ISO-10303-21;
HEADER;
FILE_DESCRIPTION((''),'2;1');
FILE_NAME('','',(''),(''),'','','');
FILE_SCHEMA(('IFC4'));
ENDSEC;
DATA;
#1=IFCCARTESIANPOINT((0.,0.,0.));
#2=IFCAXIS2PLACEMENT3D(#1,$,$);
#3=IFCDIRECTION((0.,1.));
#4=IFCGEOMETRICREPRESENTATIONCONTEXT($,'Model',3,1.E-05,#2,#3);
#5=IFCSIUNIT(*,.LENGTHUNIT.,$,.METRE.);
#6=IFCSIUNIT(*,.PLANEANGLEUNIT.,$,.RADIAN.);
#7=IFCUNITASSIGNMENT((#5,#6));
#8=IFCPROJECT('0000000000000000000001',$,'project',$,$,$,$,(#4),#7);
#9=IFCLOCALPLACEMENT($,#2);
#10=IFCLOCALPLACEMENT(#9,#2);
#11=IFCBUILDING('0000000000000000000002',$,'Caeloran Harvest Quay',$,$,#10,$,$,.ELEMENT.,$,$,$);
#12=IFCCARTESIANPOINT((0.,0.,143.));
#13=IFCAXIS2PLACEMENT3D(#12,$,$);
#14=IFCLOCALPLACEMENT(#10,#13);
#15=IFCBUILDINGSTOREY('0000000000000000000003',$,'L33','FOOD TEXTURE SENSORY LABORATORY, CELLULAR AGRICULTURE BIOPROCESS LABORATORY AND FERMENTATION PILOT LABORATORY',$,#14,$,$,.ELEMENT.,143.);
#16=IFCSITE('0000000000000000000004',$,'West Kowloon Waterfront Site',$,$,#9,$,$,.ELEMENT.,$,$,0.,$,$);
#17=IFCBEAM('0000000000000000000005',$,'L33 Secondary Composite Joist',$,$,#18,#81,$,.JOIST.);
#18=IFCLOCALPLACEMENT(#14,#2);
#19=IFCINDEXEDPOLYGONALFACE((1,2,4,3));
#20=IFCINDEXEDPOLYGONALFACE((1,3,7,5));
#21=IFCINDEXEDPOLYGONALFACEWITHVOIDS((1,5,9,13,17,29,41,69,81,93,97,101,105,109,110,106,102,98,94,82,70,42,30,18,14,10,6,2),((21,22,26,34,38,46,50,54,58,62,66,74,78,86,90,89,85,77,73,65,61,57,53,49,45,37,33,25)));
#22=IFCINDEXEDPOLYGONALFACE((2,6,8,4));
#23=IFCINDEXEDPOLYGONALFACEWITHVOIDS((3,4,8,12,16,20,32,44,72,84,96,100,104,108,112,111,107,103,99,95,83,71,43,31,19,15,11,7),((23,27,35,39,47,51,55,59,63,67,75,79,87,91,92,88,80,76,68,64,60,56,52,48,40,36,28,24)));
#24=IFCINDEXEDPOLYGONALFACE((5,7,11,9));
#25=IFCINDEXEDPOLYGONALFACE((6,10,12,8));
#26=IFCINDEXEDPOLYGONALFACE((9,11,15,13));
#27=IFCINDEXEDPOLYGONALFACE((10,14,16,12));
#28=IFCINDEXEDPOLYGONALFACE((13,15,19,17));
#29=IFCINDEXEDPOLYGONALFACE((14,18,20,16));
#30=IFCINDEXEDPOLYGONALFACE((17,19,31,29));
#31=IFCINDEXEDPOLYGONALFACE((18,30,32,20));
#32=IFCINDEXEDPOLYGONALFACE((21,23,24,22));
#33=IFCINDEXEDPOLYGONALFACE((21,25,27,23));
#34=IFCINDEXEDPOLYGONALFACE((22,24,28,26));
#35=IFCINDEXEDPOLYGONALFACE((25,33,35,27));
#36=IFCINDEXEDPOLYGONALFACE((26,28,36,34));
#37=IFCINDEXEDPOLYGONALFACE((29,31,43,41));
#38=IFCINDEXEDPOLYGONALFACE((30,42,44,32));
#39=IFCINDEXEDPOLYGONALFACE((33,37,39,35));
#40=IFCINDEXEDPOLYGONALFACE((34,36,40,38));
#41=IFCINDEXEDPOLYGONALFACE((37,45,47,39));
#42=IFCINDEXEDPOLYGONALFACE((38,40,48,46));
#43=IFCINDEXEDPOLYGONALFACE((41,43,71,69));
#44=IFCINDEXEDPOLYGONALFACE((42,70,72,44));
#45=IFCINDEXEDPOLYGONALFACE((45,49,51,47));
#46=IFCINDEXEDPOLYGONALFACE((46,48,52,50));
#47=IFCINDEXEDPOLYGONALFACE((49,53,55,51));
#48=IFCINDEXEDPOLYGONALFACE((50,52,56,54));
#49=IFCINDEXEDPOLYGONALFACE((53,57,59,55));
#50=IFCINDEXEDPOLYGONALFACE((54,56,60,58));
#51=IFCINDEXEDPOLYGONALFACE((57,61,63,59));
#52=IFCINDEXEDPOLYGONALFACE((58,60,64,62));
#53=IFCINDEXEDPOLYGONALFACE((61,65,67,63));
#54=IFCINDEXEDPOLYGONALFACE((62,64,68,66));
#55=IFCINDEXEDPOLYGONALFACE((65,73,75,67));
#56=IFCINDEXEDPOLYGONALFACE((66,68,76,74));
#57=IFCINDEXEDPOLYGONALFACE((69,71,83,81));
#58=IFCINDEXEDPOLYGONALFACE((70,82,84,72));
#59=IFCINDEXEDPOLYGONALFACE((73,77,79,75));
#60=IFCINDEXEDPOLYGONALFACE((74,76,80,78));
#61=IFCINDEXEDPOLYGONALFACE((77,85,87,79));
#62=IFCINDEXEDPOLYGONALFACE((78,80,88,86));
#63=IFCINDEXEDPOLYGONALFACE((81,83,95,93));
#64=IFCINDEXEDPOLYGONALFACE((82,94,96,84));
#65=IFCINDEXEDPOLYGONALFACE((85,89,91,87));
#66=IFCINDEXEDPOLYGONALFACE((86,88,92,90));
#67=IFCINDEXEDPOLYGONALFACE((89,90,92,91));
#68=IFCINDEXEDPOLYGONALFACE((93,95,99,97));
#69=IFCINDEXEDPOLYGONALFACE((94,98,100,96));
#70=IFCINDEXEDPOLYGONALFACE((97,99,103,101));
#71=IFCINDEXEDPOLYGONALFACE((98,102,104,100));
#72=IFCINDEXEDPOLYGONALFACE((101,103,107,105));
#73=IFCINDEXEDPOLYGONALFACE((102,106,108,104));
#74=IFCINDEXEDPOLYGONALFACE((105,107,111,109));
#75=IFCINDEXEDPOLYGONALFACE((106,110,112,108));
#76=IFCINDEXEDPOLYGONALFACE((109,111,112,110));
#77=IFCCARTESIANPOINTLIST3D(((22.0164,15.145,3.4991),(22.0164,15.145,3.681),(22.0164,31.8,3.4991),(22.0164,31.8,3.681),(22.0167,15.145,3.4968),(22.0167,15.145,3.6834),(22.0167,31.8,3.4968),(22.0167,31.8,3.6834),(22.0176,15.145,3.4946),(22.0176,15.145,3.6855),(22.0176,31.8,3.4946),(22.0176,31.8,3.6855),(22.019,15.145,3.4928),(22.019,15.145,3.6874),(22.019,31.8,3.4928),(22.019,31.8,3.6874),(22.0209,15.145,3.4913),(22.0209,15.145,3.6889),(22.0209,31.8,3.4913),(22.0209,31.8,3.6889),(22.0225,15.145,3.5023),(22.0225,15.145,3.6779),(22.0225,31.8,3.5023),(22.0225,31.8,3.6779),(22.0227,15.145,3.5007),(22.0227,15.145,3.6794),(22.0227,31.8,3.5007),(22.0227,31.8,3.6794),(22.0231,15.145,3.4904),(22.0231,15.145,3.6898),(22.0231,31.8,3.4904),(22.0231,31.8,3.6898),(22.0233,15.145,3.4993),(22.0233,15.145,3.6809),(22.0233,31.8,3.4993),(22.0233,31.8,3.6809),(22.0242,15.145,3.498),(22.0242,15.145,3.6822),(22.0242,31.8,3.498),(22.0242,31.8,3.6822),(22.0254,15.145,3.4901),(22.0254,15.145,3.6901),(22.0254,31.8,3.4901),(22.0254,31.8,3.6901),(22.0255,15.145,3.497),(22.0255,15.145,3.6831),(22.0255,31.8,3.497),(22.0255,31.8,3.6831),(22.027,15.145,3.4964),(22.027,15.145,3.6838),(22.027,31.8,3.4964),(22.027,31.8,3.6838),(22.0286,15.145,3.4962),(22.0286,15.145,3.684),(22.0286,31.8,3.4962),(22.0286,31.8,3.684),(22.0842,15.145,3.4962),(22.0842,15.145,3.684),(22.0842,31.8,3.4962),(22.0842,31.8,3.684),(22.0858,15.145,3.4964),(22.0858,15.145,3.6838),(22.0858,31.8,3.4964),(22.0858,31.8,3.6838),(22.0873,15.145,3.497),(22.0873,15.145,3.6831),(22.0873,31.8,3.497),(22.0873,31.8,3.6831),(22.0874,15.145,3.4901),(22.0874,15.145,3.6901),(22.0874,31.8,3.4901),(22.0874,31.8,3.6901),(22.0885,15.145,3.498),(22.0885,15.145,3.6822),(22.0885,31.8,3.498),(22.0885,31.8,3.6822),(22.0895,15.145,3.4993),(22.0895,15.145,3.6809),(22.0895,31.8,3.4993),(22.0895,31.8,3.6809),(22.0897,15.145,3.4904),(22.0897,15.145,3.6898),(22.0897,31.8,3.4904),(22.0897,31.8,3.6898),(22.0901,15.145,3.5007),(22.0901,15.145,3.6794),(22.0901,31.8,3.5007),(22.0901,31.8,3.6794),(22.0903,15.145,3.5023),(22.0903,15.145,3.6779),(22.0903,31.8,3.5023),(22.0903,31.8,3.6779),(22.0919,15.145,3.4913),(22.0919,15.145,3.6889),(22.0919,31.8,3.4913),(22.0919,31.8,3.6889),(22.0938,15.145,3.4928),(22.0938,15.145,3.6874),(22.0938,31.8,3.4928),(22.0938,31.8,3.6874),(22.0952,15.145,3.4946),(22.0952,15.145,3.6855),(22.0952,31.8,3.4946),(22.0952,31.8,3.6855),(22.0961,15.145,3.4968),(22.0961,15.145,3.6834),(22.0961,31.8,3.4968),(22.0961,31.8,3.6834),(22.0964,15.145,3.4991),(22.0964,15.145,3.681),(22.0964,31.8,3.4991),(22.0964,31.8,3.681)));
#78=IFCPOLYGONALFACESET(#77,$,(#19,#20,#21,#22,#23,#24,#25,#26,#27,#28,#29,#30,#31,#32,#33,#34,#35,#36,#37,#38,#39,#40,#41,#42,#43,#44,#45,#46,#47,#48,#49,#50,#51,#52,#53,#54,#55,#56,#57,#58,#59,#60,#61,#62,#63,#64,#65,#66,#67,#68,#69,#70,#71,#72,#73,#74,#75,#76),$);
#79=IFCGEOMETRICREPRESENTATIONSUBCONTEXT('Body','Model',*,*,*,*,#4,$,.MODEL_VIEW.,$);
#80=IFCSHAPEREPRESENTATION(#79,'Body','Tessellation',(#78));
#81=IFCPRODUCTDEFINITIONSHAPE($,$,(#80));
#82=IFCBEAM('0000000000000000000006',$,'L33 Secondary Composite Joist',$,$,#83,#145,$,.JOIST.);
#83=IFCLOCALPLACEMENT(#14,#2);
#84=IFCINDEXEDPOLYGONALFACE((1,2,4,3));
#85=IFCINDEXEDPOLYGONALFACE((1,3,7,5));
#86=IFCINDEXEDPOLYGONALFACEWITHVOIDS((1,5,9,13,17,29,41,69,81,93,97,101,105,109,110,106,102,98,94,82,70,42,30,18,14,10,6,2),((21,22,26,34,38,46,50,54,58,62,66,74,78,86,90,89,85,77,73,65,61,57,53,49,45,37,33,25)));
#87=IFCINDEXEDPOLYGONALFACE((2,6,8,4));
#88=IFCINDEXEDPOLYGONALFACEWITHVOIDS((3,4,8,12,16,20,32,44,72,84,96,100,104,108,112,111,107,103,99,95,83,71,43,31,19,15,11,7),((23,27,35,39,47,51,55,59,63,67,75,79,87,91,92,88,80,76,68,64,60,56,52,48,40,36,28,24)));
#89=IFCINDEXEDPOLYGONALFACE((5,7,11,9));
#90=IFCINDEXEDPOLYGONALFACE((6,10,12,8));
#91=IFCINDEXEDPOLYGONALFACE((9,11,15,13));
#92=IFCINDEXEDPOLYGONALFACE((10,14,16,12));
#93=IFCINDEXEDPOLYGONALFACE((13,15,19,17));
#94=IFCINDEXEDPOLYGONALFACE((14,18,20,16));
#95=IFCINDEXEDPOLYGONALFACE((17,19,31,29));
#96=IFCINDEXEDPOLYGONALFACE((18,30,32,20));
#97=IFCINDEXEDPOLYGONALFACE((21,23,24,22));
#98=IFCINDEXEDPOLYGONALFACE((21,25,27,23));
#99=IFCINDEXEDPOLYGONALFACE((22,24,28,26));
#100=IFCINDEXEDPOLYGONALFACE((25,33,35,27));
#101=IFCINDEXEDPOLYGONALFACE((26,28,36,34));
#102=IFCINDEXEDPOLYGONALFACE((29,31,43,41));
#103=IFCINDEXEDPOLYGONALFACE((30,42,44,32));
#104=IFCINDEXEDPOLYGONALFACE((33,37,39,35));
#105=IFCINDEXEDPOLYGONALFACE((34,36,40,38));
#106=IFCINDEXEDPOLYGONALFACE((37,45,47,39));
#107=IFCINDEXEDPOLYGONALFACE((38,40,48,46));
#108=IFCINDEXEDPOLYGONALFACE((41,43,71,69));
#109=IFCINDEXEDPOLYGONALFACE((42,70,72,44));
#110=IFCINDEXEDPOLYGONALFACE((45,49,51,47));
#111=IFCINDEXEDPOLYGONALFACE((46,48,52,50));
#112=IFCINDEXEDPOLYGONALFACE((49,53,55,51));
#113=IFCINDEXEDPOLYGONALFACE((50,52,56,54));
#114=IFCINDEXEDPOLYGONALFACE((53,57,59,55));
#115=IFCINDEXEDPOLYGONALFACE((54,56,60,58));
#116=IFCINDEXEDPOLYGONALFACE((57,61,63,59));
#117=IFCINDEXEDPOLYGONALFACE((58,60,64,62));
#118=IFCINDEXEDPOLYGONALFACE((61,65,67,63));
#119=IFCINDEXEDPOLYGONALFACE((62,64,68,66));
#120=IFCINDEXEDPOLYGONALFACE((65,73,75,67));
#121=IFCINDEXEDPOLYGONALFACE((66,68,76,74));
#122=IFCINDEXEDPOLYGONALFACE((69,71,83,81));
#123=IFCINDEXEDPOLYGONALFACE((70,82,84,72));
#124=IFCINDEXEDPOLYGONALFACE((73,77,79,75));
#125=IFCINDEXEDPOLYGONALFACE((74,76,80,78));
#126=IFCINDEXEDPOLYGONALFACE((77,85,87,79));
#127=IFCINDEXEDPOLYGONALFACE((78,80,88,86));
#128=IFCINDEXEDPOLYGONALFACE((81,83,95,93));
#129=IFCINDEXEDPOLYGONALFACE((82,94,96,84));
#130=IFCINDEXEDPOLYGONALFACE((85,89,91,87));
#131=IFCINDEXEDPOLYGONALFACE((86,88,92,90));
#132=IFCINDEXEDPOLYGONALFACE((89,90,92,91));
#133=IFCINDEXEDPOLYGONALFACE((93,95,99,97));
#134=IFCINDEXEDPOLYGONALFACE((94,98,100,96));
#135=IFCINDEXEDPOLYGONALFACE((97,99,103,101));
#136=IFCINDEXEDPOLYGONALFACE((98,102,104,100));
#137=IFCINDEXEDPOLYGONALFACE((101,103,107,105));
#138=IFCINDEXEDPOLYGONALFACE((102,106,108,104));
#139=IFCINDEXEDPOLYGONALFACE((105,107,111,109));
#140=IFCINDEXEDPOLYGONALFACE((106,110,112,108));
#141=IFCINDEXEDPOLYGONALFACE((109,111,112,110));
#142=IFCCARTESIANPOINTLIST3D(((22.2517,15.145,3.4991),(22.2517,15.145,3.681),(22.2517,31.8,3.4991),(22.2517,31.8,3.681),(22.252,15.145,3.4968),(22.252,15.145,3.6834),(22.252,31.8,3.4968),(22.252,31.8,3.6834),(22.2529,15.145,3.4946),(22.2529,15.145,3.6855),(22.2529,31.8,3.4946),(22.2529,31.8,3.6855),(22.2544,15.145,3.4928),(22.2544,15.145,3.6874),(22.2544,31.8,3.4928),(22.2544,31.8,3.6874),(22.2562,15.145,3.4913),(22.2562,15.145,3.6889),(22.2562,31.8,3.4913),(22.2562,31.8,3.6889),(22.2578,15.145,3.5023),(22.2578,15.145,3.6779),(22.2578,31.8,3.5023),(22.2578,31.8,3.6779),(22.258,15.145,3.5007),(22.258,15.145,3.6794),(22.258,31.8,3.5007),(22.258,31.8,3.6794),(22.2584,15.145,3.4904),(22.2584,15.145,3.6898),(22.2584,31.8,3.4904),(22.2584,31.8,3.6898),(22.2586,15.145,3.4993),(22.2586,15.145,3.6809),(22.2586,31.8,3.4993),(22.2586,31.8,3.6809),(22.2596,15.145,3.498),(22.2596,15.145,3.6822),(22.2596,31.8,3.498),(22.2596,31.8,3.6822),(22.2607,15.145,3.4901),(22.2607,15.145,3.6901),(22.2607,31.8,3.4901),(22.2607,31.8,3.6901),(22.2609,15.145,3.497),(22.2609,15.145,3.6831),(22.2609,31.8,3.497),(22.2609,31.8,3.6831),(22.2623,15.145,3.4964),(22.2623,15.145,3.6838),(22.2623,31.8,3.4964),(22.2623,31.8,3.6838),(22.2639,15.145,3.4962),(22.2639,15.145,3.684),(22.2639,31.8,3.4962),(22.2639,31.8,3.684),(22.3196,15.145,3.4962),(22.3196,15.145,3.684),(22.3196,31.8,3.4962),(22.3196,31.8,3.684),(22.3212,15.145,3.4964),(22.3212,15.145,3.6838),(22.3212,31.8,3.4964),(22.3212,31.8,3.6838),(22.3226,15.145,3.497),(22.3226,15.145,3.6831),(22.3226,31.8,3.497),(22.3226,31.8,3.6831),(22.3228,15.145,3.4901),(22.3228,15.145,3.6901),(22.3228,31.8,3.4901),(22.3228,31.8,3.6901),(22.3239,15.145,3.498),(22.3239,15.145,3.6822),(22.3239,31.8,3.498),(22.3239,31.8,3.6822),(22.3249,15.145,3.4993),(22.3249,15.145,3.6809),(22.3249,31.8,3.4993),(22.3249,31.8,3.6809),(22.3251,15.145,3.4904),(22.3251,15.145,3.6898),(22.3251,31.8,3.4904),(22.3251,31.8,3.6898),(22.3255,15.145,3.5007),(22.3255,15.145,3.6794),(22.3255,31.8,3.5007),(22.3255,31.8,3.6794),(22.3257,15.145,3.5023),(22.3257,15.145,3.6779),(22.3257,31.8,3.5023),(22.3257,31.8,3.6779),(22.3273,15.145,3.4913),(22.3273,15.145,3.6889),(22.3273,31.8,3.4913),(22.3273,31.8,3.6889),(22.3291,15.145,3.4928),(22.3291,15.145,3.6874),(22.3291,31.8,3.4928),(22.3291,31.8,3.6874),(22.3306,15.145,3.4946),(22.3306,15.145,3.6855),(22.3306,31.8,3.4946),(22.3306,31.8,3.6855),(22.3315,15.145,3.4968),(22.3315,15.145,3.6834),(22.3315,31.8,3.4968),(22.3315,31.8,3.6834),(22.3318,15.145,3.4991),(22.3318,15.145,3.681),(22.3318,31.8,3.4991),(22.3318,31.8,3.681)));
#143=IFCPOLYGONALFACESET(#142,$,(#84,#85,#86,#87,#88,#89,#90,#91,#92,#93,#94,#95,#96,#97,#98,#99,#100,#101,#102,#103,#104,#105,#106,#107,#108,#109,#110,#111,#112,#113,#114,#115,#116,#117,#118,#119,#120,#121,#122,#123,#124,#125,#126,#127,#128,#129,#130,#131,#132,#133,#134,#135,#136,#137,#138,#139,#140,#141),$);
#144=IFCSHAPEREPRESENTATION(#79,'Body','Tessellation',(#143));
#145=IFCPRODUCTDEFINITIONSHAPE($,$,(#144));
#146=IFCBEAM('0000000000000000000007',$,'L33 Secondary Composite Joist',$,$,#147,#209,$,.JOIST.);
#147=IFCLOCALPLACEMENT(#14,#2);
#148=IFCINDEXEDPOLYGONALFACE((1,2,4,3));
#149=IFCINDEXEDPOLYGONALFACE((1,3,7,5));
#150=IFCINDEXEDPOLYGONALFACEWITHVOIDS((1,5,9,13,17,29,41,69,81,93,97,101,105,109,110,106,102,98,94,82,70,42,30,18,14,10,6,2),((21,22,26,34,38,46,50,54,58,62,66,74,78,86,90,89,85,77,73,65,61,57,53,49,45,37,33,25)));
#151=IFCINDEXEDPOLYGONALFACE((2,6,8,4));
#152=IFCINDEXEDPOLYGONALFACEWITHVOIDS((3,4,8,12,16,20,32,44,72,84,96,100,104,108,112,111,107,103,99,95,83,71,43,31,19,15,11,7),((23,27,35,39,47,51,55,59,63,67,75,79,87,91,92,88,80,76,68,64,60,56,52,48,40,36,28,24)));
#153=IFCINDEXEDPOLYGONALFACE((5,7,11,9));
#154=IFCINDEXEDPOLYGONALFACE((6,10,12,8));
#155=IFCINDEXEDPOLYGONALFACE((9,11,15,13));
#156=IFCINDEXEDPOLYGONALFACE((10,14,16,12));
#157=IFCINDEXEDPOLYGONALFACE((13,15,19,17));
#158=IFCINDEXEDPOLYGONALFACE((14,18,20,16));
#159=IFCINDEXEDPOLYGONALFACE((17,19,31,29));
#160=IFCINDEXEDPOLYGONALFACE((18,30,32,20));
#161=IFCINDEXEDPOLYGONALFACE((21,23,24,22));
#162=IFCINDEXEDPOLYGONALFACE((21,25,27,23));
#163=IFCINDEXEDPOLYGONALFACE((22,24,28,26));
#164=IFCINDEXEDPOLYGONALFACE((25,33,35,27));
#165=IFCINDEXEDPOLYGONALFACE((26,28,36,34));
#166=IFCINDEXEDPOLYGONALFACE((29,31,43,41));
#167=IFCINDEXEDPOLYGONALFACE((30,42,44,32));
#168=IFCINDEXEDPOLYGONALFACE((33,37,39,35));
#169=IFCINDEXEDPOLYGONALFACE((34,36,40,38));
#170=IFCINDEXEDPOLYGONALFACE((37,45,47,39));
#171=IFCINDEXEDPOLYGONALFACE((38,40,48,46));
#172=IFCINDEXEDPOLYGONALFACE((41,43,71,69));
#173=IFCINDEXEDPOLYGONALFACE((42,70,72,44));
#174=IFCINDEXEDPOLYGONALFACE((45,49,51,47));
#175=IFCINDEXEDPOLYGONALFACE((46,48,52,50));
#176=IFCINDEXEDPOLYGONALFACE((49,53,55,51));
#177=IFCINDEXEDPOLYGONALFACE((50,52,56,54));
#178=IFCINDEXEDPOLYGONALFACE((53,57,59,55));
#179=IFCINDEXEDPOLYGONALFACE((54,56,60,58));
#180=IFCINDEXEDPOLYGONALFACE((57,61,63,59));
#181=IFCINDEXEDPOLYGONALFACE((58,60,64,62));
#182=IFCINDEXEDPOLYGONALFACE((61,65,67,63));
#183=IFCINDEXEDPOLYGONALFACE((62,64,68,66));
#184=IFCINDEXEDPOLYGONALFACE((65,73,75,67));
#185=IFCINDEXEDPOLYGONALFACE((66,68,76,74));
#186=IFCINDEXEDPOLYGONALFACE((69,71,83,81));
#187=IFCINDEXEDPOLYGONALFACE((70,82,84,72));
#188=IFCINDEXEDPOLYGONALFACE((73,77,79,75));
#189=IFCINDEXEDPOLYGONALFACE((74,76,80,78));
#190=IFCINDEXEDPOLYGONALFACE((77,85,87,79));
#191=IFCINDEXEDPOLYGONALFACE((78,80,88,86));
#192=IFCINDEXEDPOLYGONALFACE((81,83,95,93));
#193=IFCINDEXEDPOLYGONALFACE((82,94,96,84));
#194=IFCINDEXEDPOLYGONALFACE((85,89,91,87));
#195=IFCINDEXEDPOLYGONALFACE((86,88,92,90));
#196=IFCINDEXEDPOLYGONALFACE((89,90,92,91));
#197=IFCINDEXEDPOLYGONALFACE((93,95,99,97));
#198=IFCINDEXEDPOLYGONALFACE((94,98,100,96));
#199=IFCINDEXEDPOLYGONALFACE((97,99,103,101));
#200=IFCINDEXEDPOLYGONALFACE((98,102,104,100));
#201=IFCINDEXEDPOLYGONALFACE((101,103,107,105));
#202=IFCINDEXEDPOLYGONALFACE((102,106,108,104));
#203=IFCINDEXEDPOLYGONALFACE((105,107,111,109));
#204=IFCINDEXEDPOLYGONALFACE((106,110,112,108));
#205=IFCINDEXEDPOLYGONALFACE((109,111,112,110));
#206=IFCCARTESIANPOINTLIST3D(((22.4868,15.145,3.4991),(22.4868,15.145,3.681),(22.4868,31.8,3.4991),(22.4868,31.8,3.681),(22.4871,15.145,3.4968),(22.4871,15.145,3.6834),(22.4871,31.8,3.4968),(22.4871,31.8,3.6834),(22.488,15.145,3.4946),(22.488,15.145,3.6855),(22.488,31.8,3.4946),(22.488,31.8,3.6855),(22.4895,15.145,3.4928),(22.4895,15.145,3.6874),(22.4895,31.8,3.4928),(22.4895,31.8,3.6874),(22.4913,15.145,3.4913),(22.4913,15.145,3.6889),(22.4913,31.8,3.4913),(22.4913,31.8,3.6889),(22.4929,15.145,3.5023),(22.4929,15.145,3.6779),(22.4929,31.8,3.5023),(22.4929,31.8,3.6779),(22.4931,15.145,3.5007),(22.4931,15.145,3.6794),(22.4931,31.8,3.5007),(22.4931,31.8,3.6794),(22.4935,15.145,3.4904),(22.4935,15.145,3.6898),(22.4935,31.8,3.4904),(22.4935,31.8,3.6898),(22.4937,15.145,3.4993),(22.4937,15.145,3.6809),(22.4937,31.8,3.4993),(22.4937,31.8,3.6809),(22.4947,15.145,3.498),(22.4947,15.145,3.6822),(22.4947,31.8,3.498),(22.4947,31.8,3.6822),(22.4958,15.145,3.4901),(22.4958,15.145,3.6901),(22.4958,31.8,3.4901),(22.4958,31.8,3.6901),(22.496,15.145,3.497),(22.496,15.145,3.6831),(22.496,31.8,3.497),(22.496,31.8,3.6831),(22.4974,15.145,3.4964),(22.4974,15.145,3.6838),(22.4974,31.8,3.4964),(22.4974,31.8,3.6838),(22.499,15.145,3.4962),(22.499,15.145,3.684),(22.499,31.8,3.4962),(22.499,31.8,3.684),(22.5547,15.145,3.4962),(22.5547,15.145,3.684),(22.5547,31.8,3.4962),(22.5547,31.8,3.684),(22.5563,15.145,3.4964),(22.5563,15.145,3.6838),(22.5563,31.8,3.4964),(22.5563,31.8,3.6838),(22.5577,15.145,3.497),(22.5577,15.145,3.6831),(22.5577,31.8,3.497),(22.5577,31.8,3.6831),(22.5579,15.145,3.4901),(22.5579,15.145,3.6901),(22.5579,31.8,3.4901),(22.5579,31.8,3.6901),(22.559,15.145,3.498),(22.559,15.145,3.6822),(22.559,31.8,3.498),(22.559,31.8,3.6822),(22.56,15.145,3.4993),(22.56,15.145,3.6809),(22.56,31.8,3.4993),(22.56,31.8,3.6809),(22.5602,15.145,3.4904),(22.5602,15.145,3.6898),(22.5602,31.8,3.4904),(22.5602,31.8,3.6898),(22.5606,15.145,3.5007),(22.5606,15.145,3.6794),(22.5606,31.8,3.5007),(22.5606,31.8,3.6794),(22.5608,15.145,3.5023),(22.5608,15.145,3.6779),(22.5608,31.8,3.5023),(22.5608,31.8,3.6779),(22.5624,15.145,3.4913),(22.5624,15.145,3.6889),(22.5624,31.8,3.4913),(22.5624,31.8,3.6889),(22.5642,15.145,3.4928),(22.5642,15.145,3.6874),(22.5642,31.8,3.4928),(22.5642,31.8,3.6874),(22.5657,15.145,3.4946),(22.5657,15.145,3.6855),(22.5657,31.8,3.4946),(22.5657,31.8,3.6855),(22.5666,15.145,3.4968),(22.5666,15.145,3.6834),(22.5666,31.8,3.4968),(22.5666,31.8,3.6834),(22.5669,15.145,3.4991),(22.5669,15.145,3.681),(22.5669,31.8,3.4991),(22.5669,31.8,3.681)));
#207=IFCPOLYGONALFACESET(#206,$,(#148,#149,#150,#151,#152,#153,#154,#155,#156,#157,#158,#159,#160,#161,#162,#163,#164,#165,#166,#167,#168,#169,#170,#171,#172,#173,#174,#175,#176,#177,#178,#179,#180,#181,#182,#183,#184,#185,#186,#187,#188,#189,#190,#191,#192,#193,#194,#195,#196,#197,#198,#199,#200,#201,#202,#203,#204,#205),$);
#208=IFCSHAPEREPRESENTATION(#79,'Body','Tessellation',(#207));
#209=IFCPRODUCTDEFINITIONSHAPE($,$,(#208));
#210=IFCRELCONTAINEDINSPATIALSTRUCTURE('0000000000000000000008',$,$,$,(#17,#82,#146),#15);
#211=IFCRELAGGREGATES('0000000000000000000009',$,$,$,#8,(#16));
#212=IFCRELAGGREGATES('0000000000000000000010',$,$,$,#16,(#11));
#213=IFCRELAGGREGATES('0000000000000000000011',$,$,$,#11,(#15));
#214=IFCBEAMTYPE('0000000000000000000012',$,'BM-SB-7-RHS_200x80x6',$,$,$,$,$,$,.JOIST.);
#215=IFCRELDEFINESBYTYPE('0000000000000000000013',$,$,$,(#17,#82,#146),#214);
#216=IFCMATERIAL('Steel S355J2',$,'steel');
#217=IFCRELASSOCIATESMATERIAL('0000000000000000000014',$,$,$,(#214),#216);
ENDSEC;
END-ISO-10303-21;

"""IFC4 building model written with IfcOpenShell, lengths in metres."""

from ifc_helpers import new_model, si_unit, direction, frame, origin, origin_2d, place, context, subcontext, project, spatial, hollow_rectangle, extrude, material, material_profile, profile_set, type_object, element, save


model = new_model("IFC4")

# Units and contexts
model_context = context("Model", 3, precision=1e-05, world=origin(), true_north=direction((0.0, 1.0)))
body_context = subcontext(model_context, "Body", "Model", "MODEL_VIEW")
ifc_project = project(units=[si_unit("LENGTHUNIT", "METRE"), si_unit("PLANEANGLEUNIT", "RADIAN")], contexts=[model_context])

# Site, building, storey
site_placement = place(None, origin())
site = spatial("IfcSite", under=ifc_project, at=site_placement, Name="West Kowloon Waterfront Site", CompositionType="ELEMENT", RefElevation=0.0)
building_placement = place(site_placement, origin())
building = spatial("IfcBuilding", under=site, at=building_placement, Name="Caeloran Harvest Quay", CompositionType="ELEMENT")
storey_placement = place(building_placement, frame((0.0, 0.0, 143.0)))
storey = spatial("IfcBuildingStorey", under=building, at=storey_placement, Name="L33", Description="FOOD TEXTURE SENSORY LABORATORY, CELLULAR AGRICULTURE BIOPROCESS LABORATORY AND FERMENTATION PILOT LABORATORY", CompositionType="ELEMENT", Elevation=143.0)

# Beams
ifc_material_1 = material(Name="Steel S355J2", Category="steel")
ifc_material_profile_1 = material_profile(ifc_material_1, hollow_rectangle(XDim=0.0801, YDim=0.2, WallThickness=0.0061, InnerFilletRadius=0.0061, OuterFilletRadius=0.009, at=origin_2d()), Name="RHS 200x80x6")
ifc_profile_set_1 = profile_set([ifc_material_profile_1], Name="Steel S355J2")
beam_type_1 = type_object("IfcBeamType", Name="BM-SB-7-RHS_200x80x6", PredefinedType="JOIST", material=ifc_profile_set_1)
for number, where, z_axis, x_axis, name in (
    (1, (22.0564, 15.145, 3.5901), (0.0, 1.0, 0.0), (-1.0, 0.0, 0.0), "L33 Secondary Composite Joist"),
    (2, (22.2917, 15.145, 3.5901), (0.0, 1.0, 0.0), (-1.0, 0.0, 0.0), "L33 Secondary Composite Joist"),
    (3, (22.5269, 15.145, 3.5901), (0.0, 1.0, 0.0), (-1.0, 0.0, 0.0), "L33 Secondary Composite Joist"),
):
    element("IfcBeam", number, at=place(storey_placement, frame(where, z_axis=z_axis, x_axis=x_axis)), inside=storey, type_object=beam_type_1, Name=name, PredefinedType="JOIST", context=body_context, shape_type="SweptSolid", body=[
        extrude(hollow_rectangle(XDim=0.0801, YDim=0.2, WallThickness=0.0061, InnerFilletRadius=0.0061, OuterFilletRadius=0.009, at=origin_2d()), origin(), (0.0, 0.0, 1.0), 16.655),
    ])

save(model, "model.ifc")
